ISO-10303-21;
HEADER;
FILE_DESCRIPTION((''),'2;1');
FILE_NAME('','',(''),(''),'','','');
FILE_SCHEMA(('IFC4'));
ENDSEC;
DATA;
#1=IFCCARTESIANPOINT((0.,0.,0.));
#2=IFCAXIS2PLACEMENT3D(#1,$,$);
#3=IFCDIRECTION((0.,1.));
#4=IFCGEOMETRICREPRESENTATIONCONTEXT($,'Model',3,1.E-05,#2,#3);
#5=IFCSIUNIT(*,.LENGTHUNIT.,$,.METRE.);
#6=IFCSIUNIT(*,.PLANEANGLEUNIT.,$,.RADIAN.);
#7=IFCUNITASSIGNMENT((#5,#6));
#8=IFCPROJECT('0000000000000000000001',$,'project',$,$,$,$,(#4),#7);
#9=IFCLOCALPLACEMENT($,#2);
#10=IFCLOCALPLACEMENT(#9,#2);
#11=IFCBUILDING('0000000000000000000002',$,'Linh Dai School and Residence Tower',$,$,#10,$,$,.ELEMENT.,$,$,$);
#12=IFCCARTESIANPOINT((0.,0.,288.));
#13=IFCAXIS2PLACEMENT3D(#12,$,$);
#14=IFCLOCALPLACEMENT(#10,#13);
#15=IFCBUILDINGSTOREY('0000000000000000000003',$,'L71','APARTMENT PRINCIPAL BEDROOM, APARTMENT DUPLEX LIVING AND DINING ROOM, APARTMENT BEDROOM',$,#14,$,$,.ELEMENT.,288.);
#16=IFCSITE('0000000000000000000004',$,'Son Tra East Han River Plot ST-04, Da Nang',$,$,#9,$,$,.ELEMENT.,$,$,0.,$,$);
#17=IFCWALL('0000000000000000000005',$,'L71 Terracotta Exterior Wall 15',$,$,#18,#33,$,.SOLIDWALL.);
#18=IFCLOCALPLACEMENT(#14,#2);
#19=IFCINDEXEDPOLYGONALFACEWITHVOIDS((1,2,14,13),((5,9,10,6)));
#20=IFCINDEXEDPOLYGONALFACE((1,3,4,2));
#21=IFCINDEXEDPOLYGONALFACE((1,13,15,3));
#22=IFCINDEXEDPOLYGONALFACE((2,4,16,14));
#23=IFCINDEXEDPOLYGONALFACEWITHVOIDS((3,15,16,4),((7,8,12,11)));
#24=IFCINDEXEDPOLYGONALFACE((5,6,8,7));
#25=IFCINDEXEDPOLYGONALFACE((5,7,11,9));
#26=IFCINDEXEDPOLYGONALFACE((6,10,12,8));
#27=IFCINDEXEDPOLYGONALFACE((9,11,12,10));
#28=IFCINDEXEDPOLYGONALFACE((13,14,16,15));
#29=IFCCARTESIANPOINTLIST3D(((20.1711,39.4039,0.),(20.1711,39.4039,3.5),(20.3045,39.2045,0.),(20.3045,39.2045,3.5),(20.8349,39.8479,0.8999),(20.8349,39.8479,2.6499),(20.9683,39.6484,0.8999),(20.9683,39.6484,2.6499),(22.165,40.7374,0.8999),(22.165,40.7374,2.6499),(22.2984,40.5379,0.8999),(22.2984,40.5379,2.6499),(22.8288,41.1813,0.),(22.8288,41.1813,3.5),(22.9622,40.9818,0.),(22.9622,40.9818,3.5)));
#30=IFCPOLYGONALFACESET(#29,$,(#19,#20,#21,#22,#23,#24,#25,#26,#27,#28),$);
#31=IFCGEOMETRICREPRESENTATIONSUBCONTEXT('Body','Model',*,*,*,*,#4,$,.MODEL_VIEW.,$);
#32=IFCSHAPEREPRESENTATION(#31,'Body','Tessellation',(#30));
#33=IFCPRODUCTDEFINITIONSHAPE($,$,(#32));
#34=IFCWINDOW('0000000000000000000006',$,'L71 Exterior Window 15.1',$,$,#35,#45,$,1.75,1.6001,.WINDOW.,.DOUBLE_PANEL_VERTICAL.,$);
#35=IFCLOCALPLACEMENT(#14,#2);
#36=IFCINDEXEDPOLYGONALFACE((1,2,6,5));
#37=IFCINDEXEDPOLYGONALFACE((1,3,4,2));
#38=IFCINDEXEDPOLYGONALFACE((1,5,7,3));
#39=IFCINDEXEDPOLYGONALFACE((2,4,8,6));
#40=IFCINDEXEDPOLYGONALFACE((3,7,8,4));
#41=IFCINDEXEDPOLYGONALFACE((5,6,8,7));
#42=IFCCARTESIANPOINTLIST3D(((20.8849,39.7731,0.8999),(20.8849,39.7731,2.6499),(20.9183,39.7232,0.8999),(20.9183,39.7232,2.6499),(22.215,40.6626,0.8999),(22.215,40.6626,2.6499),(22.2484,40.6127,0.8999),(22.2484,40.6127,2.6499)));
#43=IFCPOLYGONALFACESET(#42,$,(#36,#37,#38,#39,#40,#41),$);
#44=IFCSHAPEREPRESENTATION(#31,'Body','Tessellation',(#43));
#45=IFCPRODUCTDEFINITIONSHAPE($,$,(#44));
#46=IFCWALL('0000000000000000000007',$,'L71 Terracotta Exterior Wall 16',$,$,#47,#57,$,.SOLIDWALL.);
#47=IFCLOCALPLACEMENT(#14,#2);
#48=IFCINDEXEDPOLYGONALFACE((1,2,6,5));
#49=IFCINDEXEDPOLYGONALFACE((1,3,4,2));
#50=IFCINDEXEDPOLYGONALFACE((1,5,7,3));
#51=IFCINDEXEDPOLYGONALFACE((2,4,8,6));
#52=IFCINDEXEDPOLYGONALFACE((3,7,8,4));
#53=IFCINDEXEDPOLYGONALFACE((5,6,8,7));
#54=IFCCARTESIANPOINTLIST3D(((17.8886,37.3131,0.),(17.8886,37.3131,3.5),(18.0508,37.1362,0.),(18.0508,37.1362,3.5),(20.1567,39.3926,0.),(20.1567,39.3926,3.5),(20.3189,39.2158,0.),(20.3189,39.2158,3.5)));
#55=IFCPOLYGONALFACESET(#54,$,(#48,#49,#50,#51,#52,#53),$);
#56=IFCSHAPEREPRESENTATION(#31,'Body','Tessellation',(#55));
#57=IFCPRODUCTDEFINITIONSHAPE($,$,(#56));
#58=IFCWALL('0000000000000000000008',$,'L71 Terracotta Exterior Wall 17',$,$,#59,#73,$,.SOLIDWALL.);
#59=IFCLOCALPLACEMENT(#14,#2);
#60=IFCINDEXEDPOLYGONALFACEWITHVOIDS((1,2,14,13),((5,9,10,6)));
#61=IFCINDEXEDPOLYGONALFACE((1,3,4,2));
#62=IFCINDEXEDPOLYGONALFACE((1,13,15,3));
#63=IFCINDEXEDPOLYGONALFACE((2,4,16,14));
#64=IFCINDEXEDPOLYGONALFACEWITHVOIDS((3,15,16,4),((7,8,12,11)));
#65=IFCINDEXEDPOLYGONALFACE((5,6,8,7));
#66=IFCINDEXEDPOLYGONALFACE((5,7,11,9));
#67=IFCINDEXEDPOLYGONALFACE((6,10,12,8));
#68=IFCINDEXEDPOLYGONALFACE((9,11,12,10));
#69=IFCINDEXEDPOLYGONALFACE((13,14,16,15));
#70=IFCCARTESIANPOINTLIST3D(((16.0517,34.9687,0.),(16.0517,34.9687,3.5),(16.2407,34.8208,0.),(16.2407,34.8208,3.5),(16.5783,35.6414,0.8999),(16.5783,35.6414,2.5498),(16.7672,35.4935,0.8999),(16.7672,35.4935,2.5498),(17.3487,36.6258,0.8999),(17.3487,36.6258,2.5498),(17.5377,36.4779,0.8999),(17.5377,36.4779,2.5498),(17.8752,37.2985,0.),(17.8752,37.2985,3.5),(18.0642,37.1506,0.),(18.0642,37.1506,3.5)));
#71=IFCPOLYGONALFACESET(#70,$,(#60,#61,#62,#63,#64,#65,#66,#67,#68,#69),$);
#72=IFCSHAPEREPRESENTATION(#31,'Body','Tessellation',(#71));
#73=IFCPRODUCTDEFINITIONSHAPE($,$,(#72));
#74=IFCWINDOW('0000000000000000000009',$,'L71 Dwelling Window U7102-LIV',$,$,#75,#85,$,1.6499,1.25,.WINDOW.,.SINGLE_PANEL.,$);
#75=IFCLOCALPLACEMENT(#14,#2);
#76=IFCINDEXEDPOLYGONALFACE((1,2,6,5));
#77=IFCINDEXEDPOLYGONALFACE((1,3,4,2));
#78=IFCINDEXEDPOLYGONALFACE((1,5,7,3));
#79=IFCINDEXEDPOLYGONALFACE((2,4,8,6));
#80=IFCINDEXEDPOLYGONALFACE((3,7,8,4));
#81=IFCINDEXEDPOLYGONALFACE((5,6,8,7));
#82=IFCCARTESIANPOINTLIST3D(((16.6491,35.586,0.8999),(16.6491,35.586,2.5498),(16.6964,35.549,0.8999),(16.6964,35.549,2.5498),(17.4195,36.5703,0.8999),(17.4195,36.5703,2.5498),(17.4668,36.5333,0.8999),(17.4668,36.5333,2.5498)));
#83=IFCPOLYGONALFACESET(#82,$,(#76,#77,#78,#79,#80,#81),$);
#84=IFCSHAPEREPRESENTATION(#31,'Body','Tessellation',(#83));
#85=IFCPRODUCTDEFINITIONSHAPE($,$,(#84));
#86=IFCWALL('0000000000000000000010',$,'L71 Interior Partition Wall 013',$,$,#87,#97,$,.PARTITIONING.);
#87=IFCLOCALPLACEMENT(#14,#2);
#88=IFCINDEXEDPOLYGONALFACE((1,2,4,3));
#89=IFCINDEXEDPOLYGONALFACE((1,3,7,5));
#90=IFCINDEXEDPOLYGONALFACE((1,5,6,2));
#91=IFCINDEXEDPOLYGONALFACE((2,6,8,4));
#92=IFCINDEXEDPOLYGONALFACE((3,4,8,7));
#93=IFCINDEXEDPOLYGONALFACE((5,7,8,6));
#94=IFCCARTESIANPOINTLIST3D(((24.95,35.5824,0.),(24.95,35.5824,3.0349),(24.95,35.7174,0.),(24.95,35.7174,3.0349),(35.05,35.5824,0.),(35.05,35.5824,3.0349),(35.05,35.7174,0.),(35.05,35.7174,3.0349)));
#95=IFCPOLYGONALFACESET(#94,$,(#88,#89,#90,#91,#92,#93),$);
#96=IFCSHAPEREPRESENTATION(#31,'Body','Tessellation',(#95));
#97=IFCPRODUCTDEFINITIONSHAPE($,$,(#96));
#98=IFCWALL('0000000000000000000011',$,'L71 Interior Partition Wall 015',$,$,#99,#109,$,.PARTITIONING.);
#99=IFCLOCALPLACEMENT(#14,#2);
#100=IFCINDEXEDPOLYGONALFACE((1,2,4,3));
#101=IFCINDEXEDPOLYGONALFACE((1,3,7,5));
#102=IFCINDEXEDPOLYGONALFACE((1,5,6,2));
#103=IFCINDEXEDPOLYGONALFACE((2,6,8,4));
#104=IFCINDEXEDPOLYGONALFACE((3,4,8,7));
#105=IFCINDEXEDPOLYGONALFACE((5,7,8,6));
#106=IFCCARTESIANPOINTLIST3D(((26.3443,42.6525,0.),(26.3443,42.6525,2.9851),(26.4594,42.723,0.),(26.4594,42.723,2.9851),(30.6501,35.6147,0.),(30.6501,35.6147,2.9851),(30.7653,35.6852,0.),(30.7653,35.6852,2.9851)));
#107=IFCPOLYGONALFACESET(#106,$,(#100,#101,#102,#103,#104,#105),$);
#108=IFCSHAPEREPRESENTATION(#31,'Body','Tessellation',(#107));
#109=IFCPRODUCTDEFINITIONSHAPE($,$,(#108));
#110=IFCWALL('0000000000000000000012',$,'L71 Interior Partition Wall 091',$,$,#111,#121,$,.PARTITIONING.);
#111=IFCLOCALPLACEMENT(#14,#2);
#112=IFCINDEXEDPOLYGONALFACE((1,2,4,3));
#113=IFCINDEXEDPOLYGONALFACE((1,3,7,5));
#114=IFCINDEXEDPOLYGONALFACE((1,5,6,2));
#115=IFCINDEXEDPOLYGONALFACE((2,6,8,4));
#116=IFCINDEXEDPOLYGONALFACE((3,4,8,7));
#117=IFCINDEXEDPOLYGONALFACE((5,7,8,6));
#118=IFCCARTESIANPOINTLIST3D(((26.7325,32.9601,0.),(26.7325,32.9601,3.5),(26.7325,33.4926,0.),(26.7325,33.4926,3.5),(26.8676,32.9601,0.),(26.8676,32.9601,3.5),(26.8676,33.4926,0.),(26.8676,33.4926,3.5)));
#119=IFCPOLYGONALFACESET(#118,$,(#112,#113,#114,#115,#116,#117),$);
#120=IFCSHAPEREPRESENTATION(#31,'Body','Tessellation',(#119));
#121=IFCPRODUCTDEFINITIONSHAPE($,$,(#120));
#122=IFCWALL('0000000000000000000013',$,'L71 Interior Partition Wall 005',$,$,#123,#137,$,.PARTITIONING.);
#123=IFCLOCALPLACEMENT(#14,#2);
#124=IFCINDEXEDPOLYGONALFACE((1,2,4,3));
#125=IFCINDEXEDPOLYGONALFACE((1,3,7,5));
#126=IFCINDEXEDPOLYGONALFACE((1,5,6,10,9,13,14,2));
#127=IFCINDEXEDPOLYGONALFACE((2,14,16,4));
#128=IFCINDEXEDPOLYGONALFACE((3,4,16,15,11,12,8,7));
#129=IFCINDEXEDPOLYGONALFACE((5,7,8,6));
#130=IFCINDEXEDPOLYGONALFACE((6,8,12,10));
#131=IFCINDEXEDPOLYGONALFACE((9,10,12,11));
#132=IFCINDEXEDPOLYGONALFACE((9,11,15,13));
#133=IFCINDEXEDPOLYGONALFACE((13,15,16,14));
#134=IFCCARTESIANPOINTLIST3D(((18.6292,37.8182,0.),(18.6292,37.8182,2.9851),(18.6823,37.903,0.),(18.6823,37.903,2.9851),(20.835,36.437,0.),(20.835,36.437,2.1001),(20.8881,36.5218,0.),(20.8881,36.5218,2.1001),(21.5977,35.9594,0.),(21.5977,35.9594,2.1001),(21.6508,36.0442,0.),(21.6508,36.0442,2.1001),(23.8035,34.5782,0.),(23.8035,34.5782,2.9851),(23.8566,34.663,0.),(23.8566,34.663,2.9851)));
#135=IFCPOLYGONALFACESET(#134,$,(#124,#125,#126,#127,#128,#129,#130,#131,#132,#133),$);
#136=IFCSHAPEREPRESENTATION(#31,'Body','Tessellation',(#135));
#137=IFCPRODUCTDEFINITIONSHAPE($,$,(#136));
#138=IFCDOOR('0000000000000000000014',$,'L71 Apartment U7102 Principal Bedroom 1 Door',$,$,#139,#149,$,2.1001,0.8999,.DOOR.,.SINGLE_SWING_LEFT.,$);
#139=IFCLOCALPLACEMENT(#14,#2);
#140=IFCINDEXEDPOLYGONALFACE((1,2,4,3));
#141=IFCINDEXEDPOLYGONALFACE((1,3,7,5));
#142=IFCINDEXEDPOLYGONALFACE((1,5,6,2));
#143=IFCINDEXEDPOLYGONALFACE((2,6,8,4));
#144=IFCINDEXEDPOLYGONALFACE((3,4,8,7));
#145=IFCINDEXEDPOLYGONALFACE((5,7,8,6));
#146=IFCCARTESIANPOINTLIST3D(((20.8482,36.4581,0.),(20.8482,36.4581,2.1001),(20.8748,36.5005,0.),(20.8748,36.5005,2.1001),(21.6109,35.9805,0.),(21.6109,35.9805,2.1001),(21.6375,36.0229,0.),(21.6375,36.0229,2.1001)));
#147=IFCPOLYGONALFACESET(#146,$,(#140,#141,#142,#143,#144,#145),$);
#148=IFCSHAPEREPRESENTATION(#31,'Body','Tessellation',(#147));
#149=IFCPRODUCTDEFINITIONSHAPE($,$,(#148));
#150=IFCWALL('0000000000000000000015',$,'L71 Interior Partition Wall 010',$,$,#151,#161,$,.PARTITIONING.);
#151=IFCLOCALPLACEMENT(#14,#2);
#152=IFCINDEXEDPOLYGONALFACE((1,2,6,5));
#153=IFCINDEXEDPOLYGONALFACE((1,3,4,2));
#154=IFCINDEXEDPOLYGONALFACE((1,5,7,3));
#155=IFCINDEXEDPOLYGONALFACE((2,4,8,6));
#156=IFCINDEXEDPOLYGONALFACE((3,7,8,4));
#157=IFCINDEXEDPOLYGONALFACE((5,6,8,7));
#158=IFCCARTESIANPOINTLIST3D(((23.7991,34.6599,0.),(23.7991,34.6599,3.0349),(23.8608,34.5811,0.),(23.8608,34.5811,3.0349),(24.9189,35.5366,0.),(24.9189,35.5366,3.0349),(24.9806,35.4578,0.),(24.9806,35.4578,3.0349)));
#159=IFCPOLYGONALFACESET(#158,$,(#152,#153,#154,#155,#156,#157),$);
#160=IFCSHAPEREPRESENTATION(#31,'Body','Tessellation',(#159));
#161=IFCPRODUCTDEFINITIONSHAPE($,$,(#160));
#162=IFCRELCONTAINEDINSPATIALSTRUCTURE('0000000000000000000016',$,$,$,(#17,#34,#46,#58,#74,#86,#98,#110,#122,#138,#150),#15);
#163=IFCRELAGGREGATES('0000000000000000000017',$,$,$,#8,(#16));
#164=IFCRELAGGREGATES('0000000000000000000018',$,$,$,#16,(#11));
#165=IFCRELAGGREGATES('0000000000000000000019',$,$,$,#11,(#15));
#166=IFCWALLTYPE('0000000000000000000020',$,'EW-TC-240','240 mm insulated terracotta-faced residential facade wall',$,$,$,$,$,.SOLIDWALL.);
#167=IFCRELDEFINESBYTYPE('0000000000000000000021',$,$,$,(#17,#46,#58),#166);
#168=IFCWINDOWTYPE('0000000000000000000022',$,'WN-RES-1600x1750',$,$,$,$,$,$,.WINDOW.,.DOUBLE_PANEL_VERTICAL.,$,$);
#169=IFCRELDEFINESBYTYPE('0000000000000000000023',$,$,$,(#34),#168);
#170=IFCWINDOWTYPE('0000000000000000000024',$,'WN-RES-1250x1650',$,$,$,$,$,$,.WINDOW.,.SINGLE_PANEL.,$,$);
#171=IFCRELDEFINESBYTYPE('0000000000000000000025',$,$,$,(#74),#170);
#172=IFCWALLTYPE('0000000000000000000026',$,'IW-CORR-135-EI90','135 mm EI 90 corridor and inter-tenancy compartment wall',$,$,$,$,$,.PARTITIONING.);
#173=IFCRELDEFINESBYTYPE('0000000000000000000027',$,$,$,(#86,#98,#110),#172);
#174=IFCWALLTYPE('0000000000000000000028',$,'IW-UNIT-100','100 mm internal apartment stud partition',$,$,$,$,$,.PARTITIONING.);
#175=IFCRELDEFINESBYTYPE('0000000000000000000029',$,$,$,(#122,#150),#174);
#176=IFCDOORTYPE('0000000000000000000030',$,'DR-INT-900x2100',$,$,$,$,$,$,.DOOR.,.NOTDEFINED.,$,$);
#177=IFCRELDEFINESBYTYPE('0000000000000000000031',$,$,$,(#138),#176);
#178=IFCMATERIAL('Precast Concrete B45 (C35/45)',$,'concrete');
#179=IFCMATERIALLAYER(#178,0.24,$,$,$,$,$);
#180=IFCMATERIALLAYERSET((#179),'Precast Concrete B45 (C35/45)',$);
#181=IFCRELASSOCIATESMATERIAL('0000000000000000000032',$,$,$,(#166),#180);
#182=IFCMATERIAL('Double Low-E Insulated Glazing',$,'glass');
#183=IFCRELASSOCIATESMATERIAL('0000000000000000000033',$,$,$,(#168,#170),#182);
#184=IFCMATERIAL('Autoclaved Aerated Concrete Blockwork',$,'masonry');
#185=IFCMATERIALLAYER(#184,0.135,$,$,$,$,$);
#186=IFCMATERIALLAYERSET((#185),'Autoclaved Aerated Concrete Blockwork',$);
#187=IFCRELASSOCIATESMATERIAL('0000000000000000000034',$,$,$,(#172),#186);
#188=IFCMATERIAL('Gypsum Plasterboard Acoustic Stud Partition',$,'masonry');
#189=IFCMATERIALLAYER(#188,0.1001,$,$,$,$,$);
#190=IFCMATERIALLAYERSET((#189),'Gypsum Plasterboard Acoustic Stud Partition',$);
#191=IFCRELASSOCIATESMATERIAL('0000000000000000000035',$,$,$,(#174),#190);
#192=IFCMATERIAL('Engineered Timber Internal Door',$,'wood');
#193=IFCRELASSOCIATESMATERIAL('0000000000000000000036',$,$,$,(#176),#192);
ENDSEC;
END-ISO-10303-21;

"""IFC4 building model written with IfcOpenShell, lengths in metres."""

from ifc_helpers import new_model, si_unit, direction, frame, frame_2d, origin, origin_2d, place, context, subcontext, project, spatial, rectangle, extrude, source, transform, mapped, material, layer, layer_set, type_object, element, fill, save


model = new_model("IFC4")

# Units and contexts
model_context = context("Model", 3, precision=1e-05, world=origin(), true_north=direction((0.0, 1.0)))
body_context = subcontext(model_context, "Body", "Model", "MODEL_VIEW")
ifc_project = project(units=[si_unit("LENGTHUNIT", "METRE"), si_unit("PLANEANGLEUNIT", "RADIAN")], contexts=[model_context])

# Site, building, storey
site_placement = place(None, origin())
site = spatial("IfcSite", under=ifc_project, at=site_placement, Name="Son Tra East Han River Plot ST-04, Da Nang", CompositionType="ELEMENT", RefElevation=0.0)
building_placement = place(site_placement, origin())
building = spatial("IfcBuilding", under=site, at=building_placement, Name="Linh Dai School and Residence Tower", CompositionType="ELEMENT")
storey_placement = place(building_placement, frame((0.0, 0.0, 288.0)))
storey = spatial("IfcBuildingStorey", under=building, at=storey_placement, Name="L71", Description="APARTMENT PRINCIPAL BEDROOM, APARTMENT DUPLEX LIVING AND DINING ROOM, APARTMENT BEDROOM", CompositionType="ELEMENT", Elevation=288.0)

# Shared definitions
ifc_material_1 = material(Name="Precast Concrete B45 (C35/45)", Category="concrete")

# Shared definitions
ifc_layer_1 = layer(ifc_material_1, 0.24)
ifc_layer_set_1 = layer_set([ifc_layer_1], Name="Precast Concrete B45 (C35/45)")
wall_type_1 = type_object("IfcWallType", Name="EW-TC-240", Description="240 mm insulated terracotta-faced residential facade wall", PredefinedType="SOLIDWALL", material=ifc_layer_set_1)

# Wall, opening, window
ifc_material_2 = material(Name="Double Low-E Insulated Glazing", Category="glass")
window_type_1 = type_object("IfcWindowType", Name="WN-RES-1600x1750", PartitioningType="DOUBLE_PANEL_VERTICAL", PredefinedType="WINDOW", material=ifc_material_2)
shared_shape_1 = source(origin(), body_context, "Body", "SweptSolid", [
    extrude(rectangle(XDim=1.6001, YDim=1.75, at=origin_2d()), frame((0.8, 0.03, 0.875), z_axis=(0.0, -1.0, 0.0), x_axis=(1.0, 0.0, 0.0)), (0.0, 0.0, 1.0), 0.0601),
])
wall_1_placement = place(storey_placement, frame((20.2378, 39.3042, 0.0), z_axis=(0.0, 0.0, 1.0), x_axis=(0.831251, 0.555898, 0.0)))
wall_1 = element("IfcWall", 1, at=wall_1_placement, inside=storey, type_object=wall_type_1, Name="L71 Terracotta Exterior Wall 15", PredefinedType="SOLIDWALL", context=body_context, shape_type="SweptSolid", body=[
    extrude(rectangle(XDim=3.1973, YDim=0.24, at=frame_2d((1.5986, 0.0))), origin(), (0.0, 0.0, 1.0), 3.5),
])
opening_1_placement = place(wall_1_placement, frame((0.7986, 0.0, 0.8999)))
opening_1 = element("IfcOpeningElement", 2, at=opening_1_placement, cuts=wall_1, PredefinedType="OPENING", context=body_context, shape_type="SweptSolid", body=[
    extrude(rectangle(XDim=1.6001, YDim=1.75, at=origin_2d()), frame((0.8, 0.1299, 0.875), z_axis=(0.0, -1.0, 0.0), x_axis=(1.0, 0.0, 0.0)), (0.0, 0.0, 1.0), 0.26),
])
window_1_placement = place(opening_1_placement, origin())
window_1 = element("IfcWindow", 3, at=window_1_placement, inside=storey, type_object=window_type_1, Name="L71 Exterior Window 15.1", OverallHeight=1.75, OverallWidth=1.6001, PartitioningType="DOUBLE_PANEL_VERTICAL", PredefinedType="WINDOW", context=body_context, shape_type="MappedRepresentation", body=[
    mapped(shared_shape_1, transform((0.0, 0.0, 0.0), x_axis=(1.0, 0.0, 0.0), y_axis=(0.0, 1.0, 0.0), z_axis=(0.0, 0.0, 1.0), scale=1.0)),
])
fill(opening_1, window_1)

# Wall
wall_2_placement = place(storey_placement, frame((17.9697, 37.2246, 0.0), z_axis=(0.0, 0.0, 1.0), x_axis=(0.737069, 0.675818, 0.0)))
element("IfcWall", 4, at=wall_2_placement, inside=storey, type_object=wall_type_1, Name="L71 Terracotta Exterior Wall 16", PredefinedType="SOLIDWALL", context=body_context, shape_type="SweptSolid", body=[
    extrude(rectangle(XDim=3.0771, YDim=0.24, at=frame_2d((1.5386, 0.0))), origin(), (0.0, 0.0, 1.0), 3.5),
])

# Wall, opening, window
wall_3_placement = place(storey_placement, frame((16.1462, 34.8948, 0.0), z_axis=(0.0, 0.0, 1.0), x_axis=(0.616337, 0.787482, 0.0)))
wall_3 = element("IfcWall", 5, at=wall_3_placement, inside=storey, type_object=wall_type_1, Name="L71 Terracotta Exterior Wall 17", PredefinedType="SOLIDWALL", context=body_context, shape_type="SweptSolid", body=[
    extrude(rectangle(XDim=2.9585, YDim=0.24, at=frame_2d((1.4792, 0.0))), origin(), (0.0, 0.0, 1.0), 3.5),
])
opening_2_placement = place(wall_3_placement, frame((0.8542, 0.0, 0.8999)))
opening_2 = element("IfcOpeningElement", 6, at=opening_2_placement, cuts=wall_3, PredefinedType="OPENING", context=body_context, shape_type="SweptSolid", body=[
    extrude(rectangle(XDim=1.25, YDim=1.6499, at=origin_2d()), frame((0.625, 0.1299, 0.825), z_axis=(0.0, -1.0, 0.0), x_axis=(1.0, 0.0, 0.0)), (0.0, 0.0, 1.0), 0.26),
])
window_type_2 = type_object("IfcWindowType", Name="WN-RES-1250x1650", PartitioningType="SINGLE_PANEL", PredefinedType="WINDOW", material=ifc_material_2)
shared_shape_2 = source(origin(), body_context, "Body", "SweptSolid", [
    extrude(rectangle(XDim=1.25, YDim=1.6499, at=origin_2d()), frame((0.625, 0.03, 0.825), z_axis=(0.0, -1.0, 0.0), x_axis=(1.0, 0.0, 0.0)), (0.0, 0.0, 1.0), 0.0601),
])
window_2_placement = place(opening_2_placement, origin())
window_2 = element("IfcWindow", 7, at=window_2_placement, inside=storey, type_object=window_type_2, Name="L71 Dwelling Window U7102-LIV", OverallHeight=1.6499, OverallWidth=1.25, PartitioningType="SINGLE_PANEL", PredefinedType="WINDOW", context=body_context, shape_type="MappedRepresentation", body=[
    mapped(shared_shape_2, transform((0.0, 0.0, 0.0), x_axis=(1.0, 0.0, 0.0), y_axis=(0.0, 1.0, 0.0), z_axis=(0.0, 0.0, 1.0), scale=1.0)),
])
fill(opening_2, window_2)

# Walls
ifc_material_3 = material(Name="Autoclaved Aerated Concrete Blockwork", Category="masonry")
ifc_layer_2 = layer(ifc_material_3, 0.135)
ifc_layer_set_2 = layer_set([ifc_layer_2], Name="Autoclaved Aerated Concrete Blockwork")
wall_type_2 = type_object("IfcWallType", Name="IW-CORR-135-EI90", Description="135 mm EI 90 corridor and inter-tenancy compartment wall", PredefinedType="PARTITIONING", material=ifc_layer_set_2)
wall_4_placement = place(storey_placement, frame((24.95, 35.6499, 0.0), z_axis=(0.0, 0.0, 1.0), x_axis=(1.0, 0.0, 0.0)))
element("IfcWall", 8, at=wall_4_placement, inside=storey, type_object=wall_type_2, Name="L71 Interior Partition Wall 013", PredefinedType="PARTITIONING", context=body_context, shape_type="SweptSolid", body=[
    extrude(rectangle(XDim=10.1001, YDim=0.135, at=frame_2d((5.05, 0.0))), origin(), (0.0, 0.0, 1.0), 3.0349),
])
wall_5_placement = place(storey_placement, frame((26.4019, 42.6877, 0.0), z_axis=(0.0, 0.0, 1.0), x_axis=(0.521892, -0.853012, 0.0)))
element("IfcWall", 9, at=wall_5_placement, inside=storey, type_object=wall_type_2, Name="L71 Interior Partition Wall 015", PredefinedType="PARTITIONING", context=body_context, shape_type="SweptSolid", body=[
    extrude(rectangle(XDim=8.2505, YDim=0.135, at=frame_2d((4.1252, 0.0))), origin(), (0.0, 0.0, 1.0), 2.9851),
])
wall_6_placement = place(storey_placement, frame((26.8, 33.4924, 0.0), z_axis=(0.0, 0.0, 1.0), x_axis=(0.0, -1.0, 0.0)))
element("IfcWall", 10, at=wall_6_placement, inside=storey, type_object=wall_type_2, Name="L71 Interior Partition Wall 091", PredefinedType="PARTITIONING", context=body_context, shape_type="SweptSolid", body=[
    extrude(rectangle(XDim=0.5325, YDim=0.135, at=frame_2d((0.2661, 0.0))), origin(), (0.0, 0.0, 1.0), 3.5),
])

# Wall, opening, door
ifc_material_4 = material(Name="Gypsum Plasterboard Acoustic Stud Partition", Category="masonry")
ifc_layer_3 = layer(ifc_material_4, 0.1001)
ifc_layer_set_3 = layer_set([ifc_layer_3], Name="Gypsum Plasterboard Acoustic Stud Partition")
wall_type_3 = type_object("IfcWallType", Name="IW-UNIT-100", Description="100 mm internal apartment stud partition", PredefinedType="PARTITIONING", material=ifc_layer_set_3)
wall_7_placement = place(storey_placement, frame((18.6558, 37.8606, 0.0), z_axis=(0.0, 0.0, 1.0), x_axis=(0.847553, -0.53071, 0.0)))
wall_7 = element("IfcWall", 11, at=wall_7_placement, inside=storey, type_object=wall_type_3, Name="L71 Interior Partition Wall 005", PredefinedType="PARTITIONING", context=body_context, shape_type="SweptSolid", body=[
    extrude(rectangle(XDim=6.105, YDim=0.1001, at=frame_2d((3.0525, 0.0))), origin(), (0.0, 0.0, 1.0), 2.9851),
])
opening_3_placement = place(wall_7_placement, frame((2.6025, 0.0, 0.0)))
opening_3 = element("IfcOpeningElement", 12, at=opening_3_placement, cuts=wall_7, PredefinedType="OPENING", context=body_context, shape_type="SweptSolid", body=[
    extrude(rectangle(XDim=0.8999, YDim=2.1001, at=origin_2d()), frame((0.45, 0.0601, 1.05), z_axis=(0.0, -1.0, 0.0), x_axis=(1.0, 0.0, 0.0)), (0.0, 0.0, 1.0), 0.1201),
])
ifc_material_5 = material(Name="Engineered Timber Internal Door", Category="wood")
door_type = type_object("IfcDoorType", Name="DR-INT-900x2100", OperationType="NOTDEFINED", PredefinedType="DOOR", material=ifc_material_5)
shared_shape_3 = source(origin(), body_context, "Body", "SweptSolid", [
    extrude(rectangle(XDim=0.8999, YDim=2.1001, at=origin_2d()), frame((0.45, 0.0249, 1.05), z_axis=(0.0, -1.0, 0.0), x_axis=(1.0, 0.0, 0.0)), (0.0, 0.0, 1.0), 0.05),
])
door_placement = place(opening_3_placement, origin())
door = element("IfcDoor", 13, at=door_placement, inside=storey, type_object=door_type, Name="L71 Apartment U7102 Principal Bedroom 1 Door", OperationType="SINGLE_SWING_LEFT", OverallHeight=2.1001, OverallWidth=0.8999, PredefinedType="DOOR", context=body_context, shape_type="MappedRepresentation", body=[
    mapped(shared_shape_3, transform((0.0, 0.0, 0.0), x_axis=(1.0, 0.0, 0.0), y_axis=(0.0, 1.0, 0.0), z_axis=(0.0, 0.0, 1.0), scale=1.0)),
])
fill(opening_3, door)

# Wall
wall_8_placement = place(storey_placement, frame((23.8301, 34.6206, 0.0), z_axis=(0.0, 0.0, 1.0), x_axis=(0.787407, 0.616433, 0.0)))
element("IfcWall", 14, at=wall_8_placement, inside=storey, type_object=wall_type_3, Name="L71 Interior Partition Wall 010", PredefinedType="PARTITIONING", context=body_context, shape_type="SweptSolid", body=[
    extrude(rectangle(XDim=1.4221, YDim=0.1001, at=frame_2d((0.7109, 0.0))), origin(), (0.0, 0.0, 1.0), 3.0349),
])

save(model, "model.ifc")
